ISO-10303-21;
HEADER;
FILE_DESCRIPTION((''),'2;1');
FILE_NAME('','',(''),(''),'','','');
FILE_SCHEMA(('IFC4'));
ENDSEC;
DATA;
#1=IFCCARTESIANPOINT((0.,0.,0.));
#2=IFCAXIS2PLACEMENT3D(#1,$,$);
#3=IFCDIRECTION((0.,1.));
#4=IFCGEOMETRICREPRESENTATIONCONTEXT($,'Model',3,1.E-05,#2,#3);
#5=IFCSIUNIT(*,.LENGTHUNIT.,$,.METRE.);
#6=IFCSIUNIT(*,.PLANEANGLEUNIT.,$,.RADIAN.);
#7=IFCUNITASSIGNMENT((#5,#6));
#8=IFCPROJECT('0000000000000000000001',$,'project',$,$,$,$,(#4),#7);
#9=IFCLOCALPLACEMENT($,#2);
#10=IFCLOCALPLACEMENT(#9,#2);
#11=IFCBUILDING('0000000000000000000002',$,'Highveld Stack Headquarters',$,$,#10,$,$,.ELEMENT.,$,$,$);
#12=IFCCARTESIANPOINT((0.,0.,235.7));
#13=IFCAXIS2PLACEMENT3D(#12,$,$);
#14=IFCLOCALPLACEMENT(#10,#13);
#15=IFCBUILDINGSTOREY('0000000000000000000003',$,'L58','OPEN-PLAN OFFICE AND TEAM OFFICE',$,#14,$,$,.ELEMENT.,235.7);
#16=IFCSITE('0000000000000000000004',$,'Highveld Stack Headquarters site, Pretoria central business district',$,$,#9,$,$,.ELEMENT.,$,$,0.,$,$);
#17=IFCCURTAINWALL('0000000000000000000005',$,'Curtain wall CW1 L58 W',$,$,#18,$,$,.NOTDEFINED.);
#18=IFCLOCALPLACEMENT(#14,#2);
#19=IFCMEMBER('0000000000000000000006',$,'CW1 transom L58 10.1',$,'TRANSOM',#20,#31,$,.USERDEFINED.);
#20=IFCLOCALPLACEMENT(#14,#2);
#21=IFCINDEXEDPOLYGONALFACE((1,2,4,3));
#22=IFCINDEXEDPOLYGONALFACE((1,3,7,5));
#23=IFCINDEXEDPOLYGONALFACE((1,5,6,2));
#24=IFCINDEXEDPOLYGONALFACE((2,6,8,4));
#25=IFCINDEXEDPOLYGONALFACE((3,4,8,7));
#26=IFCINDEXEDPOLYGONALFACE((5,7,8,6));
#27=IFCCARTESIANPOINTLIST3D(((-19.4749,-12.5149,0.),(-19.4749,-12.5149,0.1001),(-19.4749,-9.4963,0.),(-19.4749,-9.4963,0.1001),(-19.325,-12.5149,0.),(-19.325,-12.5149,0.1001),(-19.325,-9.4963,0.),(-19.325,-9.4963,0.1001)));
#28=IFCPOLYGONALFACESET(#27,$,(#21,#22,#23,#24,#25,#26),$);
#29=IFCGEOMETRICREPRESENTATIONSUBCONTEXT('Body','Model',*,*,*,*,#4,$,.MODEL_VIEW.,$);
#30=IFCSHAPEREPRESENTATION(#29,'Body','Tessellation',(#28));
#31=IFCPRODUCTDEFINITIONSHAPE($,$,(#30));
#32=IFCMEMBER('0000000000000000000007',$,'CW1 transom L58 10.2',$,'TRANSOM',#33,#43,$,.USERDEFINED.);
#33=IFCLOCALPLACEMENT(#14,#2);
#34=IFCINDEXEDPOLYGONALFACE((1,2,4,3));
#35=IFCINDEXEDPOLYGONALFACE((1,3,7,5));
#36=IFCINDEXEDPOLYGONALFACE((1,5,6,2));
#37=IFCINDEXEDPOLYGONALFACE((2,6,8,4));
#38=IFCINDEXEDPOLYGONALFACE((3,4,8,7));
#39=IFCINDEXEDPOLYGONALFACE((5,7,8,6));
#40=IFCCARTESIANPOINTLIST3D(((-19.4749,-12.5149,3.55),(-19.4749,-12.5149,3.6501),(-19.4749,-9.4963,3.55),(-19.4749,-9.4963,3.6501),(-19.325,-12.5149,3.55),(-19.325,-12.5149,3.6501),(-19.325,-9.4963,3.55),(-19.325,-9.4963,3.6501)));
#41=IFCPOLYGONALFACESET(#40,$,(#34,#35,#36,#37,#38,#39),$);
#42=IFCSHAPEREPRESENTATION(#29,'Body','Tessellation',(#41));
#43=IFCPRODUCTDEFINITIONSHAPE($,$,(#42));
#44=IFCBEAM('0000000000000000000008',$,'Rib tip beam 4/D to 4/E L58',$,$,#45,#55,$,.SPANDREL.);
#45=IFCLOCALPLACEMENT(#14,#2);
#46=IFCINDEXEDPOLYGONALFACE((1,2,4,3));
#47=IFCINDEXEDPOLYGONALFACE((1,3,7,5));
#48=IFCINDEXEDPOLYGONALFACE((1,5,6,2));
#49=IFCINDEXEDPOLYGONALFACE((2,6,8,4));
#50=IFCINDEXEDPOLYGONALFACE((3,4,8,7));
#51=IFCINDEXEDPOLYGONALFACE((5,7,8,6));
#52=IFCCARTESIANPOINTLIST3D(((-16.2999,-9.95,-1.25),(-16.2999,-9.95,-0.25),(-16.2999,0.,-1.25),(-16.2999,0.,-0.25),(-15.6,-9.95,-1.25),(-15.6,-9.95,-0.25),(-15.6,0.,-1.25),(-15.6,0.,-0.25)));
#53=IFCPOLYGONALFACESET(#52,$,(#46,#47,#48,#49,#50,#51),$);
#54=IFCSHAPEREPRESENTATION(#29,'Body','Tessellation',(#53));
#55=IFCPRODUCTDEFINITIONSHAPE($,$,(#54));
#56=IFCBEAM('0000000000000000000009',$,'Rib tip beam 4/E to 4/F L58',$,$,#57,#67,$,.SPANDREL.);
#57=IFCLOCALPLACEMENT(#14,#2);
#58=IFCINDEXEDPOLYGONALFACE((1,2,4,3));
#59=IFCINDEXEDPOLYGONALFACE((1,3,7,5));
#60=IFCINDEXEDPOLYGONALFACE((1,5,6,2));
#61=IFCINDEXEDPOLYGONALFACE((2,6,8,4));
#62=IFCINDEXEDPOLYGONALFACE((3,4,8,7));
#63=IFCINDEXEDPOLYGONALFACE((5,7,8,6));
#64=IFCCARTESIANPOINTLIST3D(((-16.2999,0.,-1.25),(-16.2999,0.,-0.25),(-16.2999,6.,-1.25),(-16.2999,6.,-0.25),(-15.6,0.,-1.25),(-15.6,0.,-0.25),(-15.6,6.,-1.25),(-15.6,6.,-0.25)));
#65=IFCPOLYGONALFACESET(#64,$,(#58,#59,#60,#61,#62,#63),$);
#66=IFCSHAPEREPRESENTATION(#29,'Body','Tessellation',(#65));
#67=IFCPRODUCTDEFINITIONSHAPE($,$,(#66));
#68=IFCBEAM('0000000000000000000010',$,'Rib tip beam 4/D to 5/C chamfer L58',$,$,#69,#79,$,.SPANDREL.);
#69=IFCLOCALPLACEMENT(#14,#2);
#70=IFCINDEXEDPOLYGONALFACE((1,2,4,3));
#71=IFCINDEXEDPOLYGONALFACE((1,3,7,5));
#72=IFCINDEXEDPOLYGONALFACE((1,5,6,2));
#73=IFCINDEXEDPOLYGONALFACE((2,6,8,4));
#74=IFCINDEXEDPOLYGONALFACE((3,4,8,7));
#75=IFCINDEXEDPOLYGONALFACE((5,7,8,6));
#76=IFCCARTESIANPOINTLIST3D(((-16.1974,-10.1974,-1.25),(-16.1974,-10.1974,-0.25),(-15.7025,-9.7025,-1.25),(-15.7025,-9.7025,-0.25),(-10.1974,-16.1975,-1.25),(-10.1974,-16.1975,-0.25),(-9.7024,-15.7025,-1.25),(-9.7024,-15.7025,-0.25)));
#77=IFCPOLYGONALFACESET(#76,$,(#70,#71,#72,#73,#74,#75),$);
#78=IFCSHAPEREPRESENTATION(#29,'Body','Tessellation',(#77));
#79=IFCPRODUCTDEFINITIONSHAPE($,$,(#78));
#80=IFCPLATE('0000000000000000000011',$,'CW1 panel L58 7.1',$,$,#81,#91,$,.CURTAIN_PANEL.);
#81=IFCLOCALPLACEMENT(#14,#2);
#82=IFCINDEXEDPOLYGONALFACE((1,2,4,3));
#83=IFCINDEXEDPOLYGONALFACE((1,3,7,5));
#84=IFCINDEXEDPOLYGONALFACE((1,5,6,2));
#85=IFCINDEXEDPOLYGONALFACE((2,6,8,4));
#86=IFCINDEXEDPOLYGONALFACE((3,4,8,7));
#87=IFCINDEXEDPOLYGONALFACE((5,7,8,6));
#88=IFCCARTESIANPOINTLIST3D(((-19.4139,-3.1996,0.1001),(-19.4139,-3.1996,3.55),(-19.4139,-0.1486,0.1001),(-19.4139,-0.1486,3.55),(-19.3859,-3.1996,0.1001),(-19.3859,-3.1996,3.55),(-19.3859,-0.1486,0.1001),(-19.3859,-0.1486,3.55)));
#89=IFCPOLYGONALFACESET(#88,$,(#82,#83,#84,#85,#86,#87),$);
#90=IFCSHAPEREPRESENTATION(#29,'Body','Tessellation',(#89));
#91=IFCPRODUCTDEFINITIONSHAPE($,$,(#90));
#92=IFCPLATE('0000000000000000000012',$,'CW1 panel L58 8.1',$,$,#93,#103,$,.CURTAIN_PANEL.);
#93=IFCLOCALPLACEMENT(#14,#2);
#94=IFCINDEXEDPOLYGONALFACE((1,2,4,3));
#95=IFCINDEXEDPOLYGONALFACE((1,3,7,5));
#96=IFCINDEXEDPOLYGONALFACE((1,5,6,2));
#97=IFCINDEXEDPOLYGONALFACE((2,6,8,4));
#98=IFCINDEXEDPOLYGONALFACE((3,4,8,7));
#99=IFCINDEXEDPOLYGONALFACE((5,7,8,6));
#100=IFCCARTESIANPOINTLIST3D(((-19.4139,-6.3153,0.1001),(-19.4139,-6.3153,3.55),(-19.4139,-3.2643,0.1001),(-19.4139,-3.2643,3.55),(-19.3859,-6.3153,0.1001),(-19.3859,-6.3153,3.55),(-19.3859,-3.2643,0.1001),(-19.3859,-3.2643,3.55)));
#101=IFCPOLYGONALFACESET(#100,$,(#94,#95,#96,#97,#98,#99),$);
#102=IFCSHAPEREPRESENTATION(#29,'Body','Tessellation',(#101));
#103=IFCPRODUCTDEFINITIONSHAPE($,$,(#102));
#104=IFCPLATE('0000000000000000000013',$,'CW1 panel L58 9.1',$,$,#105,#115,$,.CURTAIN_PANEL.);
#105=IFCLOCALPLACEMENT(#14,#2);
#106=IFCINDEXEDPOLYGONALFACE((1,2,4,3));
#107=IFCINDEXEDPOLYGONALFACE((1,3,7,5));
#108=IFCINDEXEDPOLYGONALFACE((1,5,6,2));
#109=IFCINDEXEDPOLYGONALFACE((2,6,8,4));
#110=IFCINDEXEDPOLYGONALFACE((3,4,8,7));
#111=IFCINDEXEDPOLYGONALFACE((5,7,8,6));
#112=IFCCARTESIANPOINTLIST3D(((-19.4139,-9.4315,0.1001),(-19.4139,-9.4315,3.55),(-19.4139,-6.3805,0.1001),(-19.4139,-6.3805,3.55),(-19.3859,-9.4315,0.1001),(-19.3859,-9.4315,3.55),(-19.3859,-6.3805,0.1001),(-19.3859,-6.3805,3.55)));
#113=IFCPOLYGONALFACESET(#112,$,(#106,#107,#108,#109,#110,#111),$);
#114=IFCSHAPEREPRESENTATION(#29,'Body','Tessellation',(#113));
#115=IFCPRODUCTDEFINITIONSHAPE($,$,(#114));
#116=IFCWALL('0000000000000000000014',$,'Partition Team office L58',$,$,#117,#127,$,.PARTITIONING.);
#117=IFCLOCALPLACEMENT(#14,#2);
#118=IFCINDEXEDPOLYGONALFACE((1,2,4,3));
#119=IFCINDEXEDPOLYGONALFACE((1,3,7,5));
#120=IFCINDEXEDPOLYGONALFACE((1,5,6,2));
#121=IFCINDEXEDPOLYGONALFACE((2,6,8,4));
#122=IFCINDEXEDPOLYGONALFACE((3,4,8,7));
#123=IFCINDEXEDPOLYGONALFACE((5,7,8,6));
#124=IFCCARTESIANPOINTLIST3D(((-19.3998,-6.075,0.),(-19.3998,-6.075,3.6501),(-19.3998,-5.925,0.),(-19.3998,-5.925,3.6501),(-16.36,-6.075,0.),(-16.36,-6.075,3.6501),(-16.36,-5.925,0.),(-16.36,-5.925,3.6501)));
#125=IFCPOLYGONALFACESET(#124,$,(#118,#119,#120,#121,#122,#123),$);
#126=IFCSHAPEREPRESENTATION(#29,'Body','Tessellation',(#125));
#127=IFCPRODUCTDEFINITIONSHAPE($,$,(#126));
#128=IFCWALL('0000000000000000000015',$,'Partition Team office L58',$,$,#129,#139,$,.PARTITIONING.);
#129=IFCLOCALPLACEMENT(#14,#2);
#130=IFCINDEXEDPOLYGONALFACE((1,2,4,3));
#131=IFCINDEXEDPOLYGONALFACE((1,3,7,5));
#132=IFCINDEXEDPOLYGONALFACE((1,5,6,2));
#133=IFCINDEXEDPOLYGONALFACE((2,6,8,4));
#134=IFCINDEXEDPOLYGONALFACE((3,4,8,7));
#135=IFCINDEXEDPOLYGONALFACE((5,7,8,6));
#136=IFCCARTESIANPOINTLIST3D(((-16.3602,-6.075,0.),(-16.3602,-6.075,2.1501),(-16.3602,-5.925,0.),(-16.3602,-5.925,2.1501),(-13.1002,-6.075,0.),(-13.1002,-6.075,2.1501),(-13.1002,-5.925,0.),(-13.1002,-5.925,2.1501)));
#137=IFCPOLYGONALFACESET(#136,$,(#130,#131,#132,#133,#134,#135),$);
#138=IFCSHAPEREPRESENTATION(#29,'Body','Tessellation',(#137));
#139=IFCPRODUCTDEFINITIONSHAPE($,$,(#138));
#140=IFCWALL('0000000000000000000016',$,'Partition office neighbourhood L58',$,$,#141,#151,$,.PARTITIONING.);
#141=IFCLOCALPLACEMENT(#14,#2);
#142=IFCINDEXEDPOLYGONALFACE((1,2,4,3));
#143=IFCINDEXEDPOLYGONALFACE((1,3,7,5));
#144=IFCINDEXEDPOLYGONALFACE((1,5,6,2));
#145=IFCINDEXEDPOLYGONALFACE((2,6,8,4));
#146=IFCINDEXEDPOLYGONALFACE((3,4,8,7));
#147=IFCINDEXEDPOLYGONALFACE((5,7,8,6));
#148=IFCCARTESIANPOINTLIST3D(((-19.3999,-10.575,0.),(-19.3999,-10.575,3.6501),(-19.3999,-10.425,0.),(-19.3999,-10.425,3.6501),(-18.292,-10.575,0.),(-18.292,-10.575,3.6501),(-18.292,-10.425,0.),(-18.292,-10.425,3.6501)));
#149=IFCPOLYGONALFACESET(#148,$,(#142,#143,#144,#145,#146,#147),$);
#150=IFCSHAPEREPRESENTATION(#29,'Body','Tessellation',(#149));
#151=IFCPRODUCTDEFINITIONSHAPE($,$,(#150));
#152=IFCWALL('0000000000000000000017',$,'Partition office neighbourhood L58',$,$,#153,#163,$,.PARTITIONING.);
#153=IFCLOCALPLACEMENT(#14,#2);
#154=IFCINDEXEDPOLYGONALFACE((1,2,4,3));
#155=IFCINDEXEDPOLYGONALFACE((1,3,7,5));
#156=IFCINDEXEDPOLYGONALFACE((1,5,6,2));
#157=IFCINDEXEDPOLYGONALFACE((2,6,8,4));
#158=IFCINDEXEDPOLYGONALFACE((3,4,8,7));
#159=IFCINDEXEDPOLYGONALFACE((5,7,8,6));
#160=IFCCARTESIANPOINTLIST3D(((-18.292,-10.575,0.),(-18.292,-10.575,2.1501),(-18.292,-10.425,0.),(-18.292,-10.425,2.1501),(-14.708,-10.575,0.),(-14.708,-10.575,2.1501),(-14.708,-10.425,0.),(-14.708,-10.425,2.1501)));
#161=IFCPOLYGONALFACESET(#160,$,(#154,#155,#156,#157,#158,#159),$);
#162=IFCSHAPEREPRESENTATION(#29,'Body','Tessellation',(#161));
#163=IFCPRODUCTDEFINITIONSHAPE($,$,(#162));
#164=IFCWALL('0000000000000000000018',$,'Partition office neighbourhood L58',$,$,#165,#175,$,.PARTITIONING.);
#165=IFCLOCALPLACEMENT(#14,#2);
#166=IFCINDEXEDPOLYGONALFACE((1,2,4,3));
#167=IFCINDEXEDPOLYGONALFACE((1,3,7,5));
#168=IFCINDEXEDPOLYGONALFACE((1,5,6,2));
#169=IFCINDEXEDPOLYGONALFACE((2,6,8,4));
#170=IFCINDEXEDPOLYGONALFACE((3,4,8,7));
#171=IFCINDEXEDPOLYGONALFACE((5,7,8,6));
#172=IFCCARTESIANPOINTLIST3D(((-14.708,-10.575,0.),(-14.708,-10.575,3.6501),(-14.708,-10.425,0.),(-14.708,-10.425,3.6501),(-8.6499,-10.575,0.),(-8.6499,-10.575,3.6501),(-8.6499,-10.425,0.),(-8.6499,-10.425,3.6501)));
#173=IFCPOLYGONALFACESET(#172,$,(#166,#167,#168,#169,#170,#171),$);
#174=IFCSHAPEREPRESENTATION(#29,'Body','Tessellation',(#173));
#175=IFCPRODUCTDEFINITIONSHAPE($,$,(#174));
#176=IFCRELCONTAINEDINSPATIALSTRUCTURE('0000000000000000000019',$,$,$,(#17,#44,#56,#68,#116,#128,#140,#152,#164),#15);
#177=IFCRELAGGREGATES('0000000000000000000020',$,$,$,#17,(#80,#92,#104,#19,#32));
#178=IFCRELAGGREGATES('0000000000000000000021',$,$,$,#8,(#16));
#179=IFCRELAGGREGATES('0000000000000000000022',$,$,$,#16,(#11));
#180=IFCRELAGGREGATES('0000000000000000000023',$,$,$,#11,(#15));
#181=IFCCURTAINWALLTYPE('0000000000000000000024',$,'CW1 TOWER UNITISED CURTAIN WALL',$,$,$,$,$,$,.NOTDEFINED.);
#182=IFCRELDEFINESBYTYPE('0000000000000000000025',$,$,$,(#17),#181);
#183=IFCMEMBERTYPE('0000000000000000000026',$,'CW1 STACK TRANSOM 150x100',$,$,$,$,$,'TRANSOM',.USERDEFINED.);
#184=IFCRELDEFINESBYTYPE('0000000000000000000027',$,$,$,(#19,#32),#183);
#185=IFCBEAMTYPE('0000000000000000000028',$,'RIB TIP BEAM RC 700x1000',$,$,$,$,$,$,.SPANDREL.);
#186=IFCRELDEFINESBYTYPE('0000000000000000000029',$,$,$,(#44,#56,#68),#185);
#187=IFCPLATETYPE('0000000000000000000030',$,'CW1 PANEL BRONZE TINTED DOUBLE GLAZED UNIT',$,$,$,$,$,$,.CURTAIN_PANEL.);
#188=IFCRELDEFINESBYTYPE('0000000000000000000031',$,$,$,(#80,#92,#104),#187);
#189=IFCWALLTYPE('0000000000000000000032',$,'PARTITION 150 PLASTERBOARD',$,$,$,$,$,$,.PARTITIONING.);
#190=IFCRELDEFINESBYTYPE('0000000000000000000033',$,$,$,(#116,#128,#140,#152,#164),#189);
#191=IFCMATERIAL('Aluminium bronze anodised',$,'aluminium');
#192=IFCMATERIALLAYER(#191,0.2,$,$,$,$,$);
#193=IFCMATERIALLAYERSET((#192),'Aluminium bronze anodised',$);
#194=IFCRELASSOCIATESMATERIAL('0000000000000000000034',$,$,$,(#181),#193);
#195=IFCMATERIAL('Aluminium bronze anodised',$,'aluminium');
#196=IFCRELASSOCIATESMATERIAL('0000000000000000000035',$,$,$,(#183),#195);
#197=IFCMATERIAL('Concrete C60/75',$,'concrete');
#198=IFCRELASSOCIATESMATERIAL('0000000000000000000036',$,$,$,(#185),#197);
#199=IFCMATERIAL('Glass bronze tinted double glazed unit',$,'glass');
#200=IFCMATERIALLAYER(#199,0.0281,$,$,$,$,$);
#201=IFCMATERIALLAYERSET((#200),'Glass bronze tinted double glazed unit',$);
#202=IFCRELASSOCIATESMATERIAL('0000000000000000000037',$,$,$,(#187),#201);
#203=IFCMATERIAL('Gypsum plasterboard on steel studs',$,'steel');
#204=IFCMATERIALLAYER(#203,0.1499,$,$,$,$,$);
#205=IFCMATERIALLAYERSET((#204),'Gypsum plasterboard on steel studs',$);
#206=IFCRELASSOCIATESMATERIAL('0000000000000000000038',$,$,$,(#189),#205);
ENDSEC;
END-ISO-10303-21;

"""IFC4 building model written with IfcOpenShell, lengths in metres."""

from ifc_helpers import new_model, si_unit, direction, frame, frame_2d, origin, origin_2d, place, context, subcontext, project, spatial, rectangle, extrude, material, layer, layer_set, material_profile, profile_set, type_object, element, aggregate, save


model = new_model("IFC4")

# Units and contexts
model_context = context("Model", 3, precision=1e-05, world=origin(), true_north=direction((0.0, 1.0)))
body_context = subcontext(model_context, "Body", "Model", "MODEL_VIEW")
ifc_project = project(units=[si_unit("LENGTHUNIT", "METRE"), si_unit("PLANEANGLEUNIT", "RADIAN")], contexts=[model_context])

# Site, building, storey
site_placement = place(None, origin())
site = spatial("IfcSite", under=ifc_project, at=site_placement, Name="Highveld Stack Headquarters site, Pretoria central business district", CompositionType="ELEMENT", RefElevation=0.0)
building_placement = place(site_placement, origin())
building = spatial("IfcBuilding", under=site, at=building_placement, Name="Highveld Stack Headquarters", CompositionType="ELEMENT")
storey_placement = place(building_placement, frame((0.0, 0.0, 235.7)))
storey = spatial("IfcBuildingStorey", under=building, at=storey_placement, Name="L58", Description="OPEN-PLAN OFFICE AND TEAM OFFICE", CompositionType="ELEMENT", Elevation=235.7)

# Curtain wall, members
ifc_material_1 = material(Name="Aluminium bronze anodised", Category="aluminium")
ifc_layer_1 = layer(ifc_material_1, 0.2)
ifc_layer_set_1 = layer_set([ifc_layer_1], Name="Aluminium bronze anodised")
curtain_wall_type = type_object("IfcCurtainWallType", Name="CW1 TOWER UNITISED CURTAIN WALL", PredefinedType="NOTDEFINED", material=ifc_layer_set_1)
curtain_wall_placement = place(storey_placement, origin())
curtain_wall = element("IfcCurtainWall", 1, at=curtain_wall_placement, inside=storey, type_object=curtain_wall_type, Name="Curtain wall CW1 L58 W", PredefinedType="NOTDEFINED")
ifc_material_2 = material(Name="Aluminium bronze anodised", Category="aluminium")
ifc_material_profile_1 = material_profile(ifc_material_2, rectangle(XDim=0.1499, YDim=0.1001, at=origin_2d()), Name="CW1 TRANSOM 150x100")
ifc_profile_set_1 = profile_set([ifc_material_profile_1], Name="Aluminium bronze anodised")
member_type_1 = type_object("IfcMemberType", Name="CW1 STACK TRANSOM 150x100", ElementType="TRANSOM", PredefinedType="USERDEFINED", material=ifc_profile_set_1)
member_1_placement = place(storey_placement, frame((-19.3999, -9.4963, 0.05), z_axis=(0.0, -1.0, 0.0), x_axis=(1.0, 0.0, 0.0)))
member_1 = element("IfcMember", 2, at=member_1_placement, type_object=member_type_1, Name="CW1 transom L58 10.1", ObjectType="TRANSOM", PredefinedType="USERDEFINED", context=body_context, shape_type="SweptSolid", body=[
    extrude(rectangle(XDim=0.1499, YDim=0.1001, at=origin_2d()), origin(), (0.0, 0.0, 1.0), 3.0186),
])
member_2_placement = place(storey_placement, frame((-19.3999, -9.4963, 3.6001), z_axis=(0.0, -1.0, 0.0), x_axis=(1.0, 0.0, 0.0)))
member_2 = element("IfcMember", 3, at=member_2_placement, type_object=member_type_1, Name="CW1 transom L58 10.2", ObjectType="TRANSOM", PredefinedType="USERDEFINED", context=body_context, shape_type="SweptSolid", body=[
    extrude(rectangle(XDim=0.1499, YDim=0.1001, at=origin_2d()), origin(), (0.0, 0.0, 1.0), 3.0186),
])

# Beams
ifc_material_3 = material(Name="Concrete C60/75", Category="concrete")
ifc_material_profile_2 = material_profile(ifc_material_3, rectangle(XDim=0.7, YDim=1.0, at=origin_2d()), Name="RC 700x1000")
ifc_profile_set_2 = profile_set([ifc_material_profile_2], Name="Concrete C60/75")
beam_type = type_object("IfcBeamType", Name="RIB TIP BEAM RC 700x1000", PredefinedType="SPANDREL", material=ifc_profile_set_2)
beam_1_placement = place(storey_placement, frame((-15.95, -9.95, -0.75), z_axis=(0.0, 1.0, 0.0), x_axis=(-1.0, 0.0, 0.0)))
element("IfcBeam", 4, at=beam_1_placement, inside=storey, type_object=beam_type, Name="Rib tip beam 4/D to 4/E L58", PredefinedType="SPANDREL", context=body_context, shape_type="SweptSolid", body=[
    extrude(rectangle(XDim=0.7, YDim=1.0, at=origin_2d()), origin(), (0.0, 0.0, 1.0), 9.95),
])
beam_2_placement = place(storey_placement, frame((-15.95, 0.0, -0.75), z_axis=(0.0, 1.0, 0.0), x_axis=(-1.0, 0.0, 0.0)))
element("IfcBeam", 5, at=beam_2_placement, inside=storey, type_object=beam_type, Name="Rib tip beam 4/E to 4/F L58", PredefinedType="SPANDREL", context=body_context, shape_type="SweptSolid", body=[
    extrude(rectangle(XDim=0.7, YDim=1.0, at=origin_2d()), origin(), (0.0, 0.0, 1.0), 6.0),
])
beam_3_placement = place(storey_placement, frame((-15.95, -9.95, -0.75), z_axis=(0.707107, -0.707107, 0.0), x_axis=(0.707107, 0.707107, 0.0)))
element("IfcBeam", 6, at=beam_3_placement, inside=storey, type_object=beam_type, Name="Rib tip beam 4/D to 5/C chamfer L58", PredefinedType="SPANDREL", context=body_context, shape_type="SweptSolid", body=[
    extrude(rectangle(XDim=0.7, YDim=1.0, at=origin_2d()), origin(), (0.0, 0.0, 1.0), 8.4854),
])

# Plates
ifc_material_4 = material(Name="Glass bronze tinted double glazed unit", Category="glass")
ifc_layer_2 = layer(ifc_material_4, 0.0281)
ifc_layer_set_2 = layer_set([ifc_layer_2], Name="Glass bronze tinted double glazed unit")
plate_type = type_object("IfcPlateType", Name="CW1 PANEL BRONZE TINTED DOUBLE GLAZED UNIT", PredefinedType="CURTAIN_PANEL", material=ifc_layer_set_2)
plate_1_placement = place(storey_placement, frame((-19.3999, -1.6741, 0.1001), z_axis=(0.0, 0.0, 1.0), x_axis=(0.0, -1.0, 0.0)))
plate_1 = element("IfcPlate", 7, at=plate_1_placement, type_object=plate_type, Name="CW1 panel L58 7.1", PredefinedType="CURTAIN_PANEL", context=body_context, shape_type="SweptSolid", body=[
    extrude(rectangle(XDim=3.051, YDim=0.0281, at=origin_2d()), origin(), (0.0, 0.0, 1.0), 3.45),
])
plate_2_placement = place(storey_placement, frame((-19.3999, -4.7898, 0.1001), z_axis=(0.0, 0.0, 1.0), x_axis=(0.0, -1.0, 0.0)))
plate_2 = element("IfcPlate", 8, at=plate_2_placement, type_object=plate_type, Name="CW1 panel L58 8.1", PredefinedType="CURTAIN_PANEL", context=body_context, shape_type="SweptSolid", body=[
    extrude(rectangle(XDim=3.051, YDim=0.0281, at=origin_2d()), origin(), (0.0, 0.0, 1.0), 3.45),
])
plate_3_placement = place(storey_placement, frame((-19.3999, -7.906, 0.1001), z_axis=(0.0, 0.0, 1.0), x_axis=(0.0, -1.0, 0.0)))
plate_3 = element("IfcPlate", 9, at=plate_3_placement, type_object=plate_type, Name="CW1 panel L58 9.1", PredefinedType="CURTAIN_PANEL", context=body_context, shape_type="SweptSolid", body=[
    extrude(rectangle(XDim=3.051, YDim=0.0281, at=origin_2d()), origin(), (0.0, 0.0, 1.0), 3.45),
])
aggregate(curtain_wall, [plate_1, plate_2, plate_3, member_1, member_2])

# Walls
ifc_material_5 = material(Name="Gypsum plasterboard on steel studs", Category="steel")
ifc_layer_3 = layer(ifc_material_5, 0.1499)
ifc_layer_set_3 = layer_set([ifc_layer_3], Name="Gypsum plasterboard on steel studs")
wall_type = type_object("IfcWallType", Name="PARTITION 150 PLASTERBOARD", PredefinedType="PARTITIONING", material=ifc_layer_set_3)
wall_1_placement = place(storey_placement, frame((-19.3999, -6.0, 0.0), z_axis=(0.0, 0.0, 1.0), x_axis=(1.0, 0.0, 0.0)))
element("IfcWall", 10, at=wall_1_placement, inside=storey, type_object=wall_type, Name="Partition Team office L58", PredefinedType="PARTITIONING", context=body_context, shape_type="SweptSolid", body=[
    extrude(rectangle(XDim=3.0398, YDim=0.1499, at=frame_2d((1.52, 0.0))), origin(), (0.0, 0.0, 1.0), 3.6501),
])
wall_2_placement = place(storey_placement, frame((-16.3601, -6.0, 0.0), z_axis=(0.0, 0.0, 1.0), x_axis=(1.0, 0.0, 0.0)))
element("IfcWall", 11, at=wall_2_placement, inside=storey, type_object=wall_type, Name="Partition Team office L58", PredefinedType="PARTITIONING", context=body_context, shape_type="SweptSolid", body=[
    extrude(rectangle(XDim=3.26, YDim=0.1499, at=frame_2d((1.6299, 0.0))), origin(), (0.0, 0.0, 1.0), 2.1501),
])
wall_3_placement = place(storey_placement, frame((-19.3999, -10.5, 0.0), z_axis=(0.0, 0.0, 1.0), x_axis=(1.0, 0.0, 0.0)))
element("IfcWall", 12, at=wall_3_placement, inside=storey, type_object=wall_type, Name="Partition office neighbourhood L58", PredefinedType="PARTITIONING", context=body_context, shape_type="SweptSolid", body=[
    extrude(rectangle(XDim=1.1079, YDim=0.1499, at=frame_2d((0.554, 0.0))), origin(), (0.0, 0.0, 1.0), 3.6501),
])
wall_4_placement = place(storey_placement, frame((-18.292, -10.5, 0.0), z_axis=(0.0, 0.0, 1.0), x_axis=(1.0, 0.0, 0.0)))
element("IfcWall", 13, at=wall_4_placement, inside=storey, type_object=wall_type, Name="Partition office neighbourhood L58", PredefinedType="PARTITIONING", context=body_context, shape_type="SweptSolid", body=[
    extrude(rectangle(XDim=3.584, YDim=0.1499, at=frame_2d((1.792, 0.0))), origin(), (0.0, 0.0, 1.0), 2.1501),
])
wall_5_placement = place(storey_placement, frame((-14.708, -10.5, 0.0), z_axis=(0.0, 0.0, 1.0), x_axis=(1.0, 0.0, 0.0)))
element("IfcWall", 14, at=wall_5_placement, inside=storey, type_object=wall_type, Name="Partition office neighbourhood L58", PredefinedType="PARTITIONING", context=body_context, shape_type="SweptSolid", body=[
    extrude(rectangle(XDim=6.0581, YDim=0.1499, at=frame_2d((3.0291, 0.0))), origin(), (0.0, 0.0, 1.0), 3.6501),
])

save(model, "model.ifc")
